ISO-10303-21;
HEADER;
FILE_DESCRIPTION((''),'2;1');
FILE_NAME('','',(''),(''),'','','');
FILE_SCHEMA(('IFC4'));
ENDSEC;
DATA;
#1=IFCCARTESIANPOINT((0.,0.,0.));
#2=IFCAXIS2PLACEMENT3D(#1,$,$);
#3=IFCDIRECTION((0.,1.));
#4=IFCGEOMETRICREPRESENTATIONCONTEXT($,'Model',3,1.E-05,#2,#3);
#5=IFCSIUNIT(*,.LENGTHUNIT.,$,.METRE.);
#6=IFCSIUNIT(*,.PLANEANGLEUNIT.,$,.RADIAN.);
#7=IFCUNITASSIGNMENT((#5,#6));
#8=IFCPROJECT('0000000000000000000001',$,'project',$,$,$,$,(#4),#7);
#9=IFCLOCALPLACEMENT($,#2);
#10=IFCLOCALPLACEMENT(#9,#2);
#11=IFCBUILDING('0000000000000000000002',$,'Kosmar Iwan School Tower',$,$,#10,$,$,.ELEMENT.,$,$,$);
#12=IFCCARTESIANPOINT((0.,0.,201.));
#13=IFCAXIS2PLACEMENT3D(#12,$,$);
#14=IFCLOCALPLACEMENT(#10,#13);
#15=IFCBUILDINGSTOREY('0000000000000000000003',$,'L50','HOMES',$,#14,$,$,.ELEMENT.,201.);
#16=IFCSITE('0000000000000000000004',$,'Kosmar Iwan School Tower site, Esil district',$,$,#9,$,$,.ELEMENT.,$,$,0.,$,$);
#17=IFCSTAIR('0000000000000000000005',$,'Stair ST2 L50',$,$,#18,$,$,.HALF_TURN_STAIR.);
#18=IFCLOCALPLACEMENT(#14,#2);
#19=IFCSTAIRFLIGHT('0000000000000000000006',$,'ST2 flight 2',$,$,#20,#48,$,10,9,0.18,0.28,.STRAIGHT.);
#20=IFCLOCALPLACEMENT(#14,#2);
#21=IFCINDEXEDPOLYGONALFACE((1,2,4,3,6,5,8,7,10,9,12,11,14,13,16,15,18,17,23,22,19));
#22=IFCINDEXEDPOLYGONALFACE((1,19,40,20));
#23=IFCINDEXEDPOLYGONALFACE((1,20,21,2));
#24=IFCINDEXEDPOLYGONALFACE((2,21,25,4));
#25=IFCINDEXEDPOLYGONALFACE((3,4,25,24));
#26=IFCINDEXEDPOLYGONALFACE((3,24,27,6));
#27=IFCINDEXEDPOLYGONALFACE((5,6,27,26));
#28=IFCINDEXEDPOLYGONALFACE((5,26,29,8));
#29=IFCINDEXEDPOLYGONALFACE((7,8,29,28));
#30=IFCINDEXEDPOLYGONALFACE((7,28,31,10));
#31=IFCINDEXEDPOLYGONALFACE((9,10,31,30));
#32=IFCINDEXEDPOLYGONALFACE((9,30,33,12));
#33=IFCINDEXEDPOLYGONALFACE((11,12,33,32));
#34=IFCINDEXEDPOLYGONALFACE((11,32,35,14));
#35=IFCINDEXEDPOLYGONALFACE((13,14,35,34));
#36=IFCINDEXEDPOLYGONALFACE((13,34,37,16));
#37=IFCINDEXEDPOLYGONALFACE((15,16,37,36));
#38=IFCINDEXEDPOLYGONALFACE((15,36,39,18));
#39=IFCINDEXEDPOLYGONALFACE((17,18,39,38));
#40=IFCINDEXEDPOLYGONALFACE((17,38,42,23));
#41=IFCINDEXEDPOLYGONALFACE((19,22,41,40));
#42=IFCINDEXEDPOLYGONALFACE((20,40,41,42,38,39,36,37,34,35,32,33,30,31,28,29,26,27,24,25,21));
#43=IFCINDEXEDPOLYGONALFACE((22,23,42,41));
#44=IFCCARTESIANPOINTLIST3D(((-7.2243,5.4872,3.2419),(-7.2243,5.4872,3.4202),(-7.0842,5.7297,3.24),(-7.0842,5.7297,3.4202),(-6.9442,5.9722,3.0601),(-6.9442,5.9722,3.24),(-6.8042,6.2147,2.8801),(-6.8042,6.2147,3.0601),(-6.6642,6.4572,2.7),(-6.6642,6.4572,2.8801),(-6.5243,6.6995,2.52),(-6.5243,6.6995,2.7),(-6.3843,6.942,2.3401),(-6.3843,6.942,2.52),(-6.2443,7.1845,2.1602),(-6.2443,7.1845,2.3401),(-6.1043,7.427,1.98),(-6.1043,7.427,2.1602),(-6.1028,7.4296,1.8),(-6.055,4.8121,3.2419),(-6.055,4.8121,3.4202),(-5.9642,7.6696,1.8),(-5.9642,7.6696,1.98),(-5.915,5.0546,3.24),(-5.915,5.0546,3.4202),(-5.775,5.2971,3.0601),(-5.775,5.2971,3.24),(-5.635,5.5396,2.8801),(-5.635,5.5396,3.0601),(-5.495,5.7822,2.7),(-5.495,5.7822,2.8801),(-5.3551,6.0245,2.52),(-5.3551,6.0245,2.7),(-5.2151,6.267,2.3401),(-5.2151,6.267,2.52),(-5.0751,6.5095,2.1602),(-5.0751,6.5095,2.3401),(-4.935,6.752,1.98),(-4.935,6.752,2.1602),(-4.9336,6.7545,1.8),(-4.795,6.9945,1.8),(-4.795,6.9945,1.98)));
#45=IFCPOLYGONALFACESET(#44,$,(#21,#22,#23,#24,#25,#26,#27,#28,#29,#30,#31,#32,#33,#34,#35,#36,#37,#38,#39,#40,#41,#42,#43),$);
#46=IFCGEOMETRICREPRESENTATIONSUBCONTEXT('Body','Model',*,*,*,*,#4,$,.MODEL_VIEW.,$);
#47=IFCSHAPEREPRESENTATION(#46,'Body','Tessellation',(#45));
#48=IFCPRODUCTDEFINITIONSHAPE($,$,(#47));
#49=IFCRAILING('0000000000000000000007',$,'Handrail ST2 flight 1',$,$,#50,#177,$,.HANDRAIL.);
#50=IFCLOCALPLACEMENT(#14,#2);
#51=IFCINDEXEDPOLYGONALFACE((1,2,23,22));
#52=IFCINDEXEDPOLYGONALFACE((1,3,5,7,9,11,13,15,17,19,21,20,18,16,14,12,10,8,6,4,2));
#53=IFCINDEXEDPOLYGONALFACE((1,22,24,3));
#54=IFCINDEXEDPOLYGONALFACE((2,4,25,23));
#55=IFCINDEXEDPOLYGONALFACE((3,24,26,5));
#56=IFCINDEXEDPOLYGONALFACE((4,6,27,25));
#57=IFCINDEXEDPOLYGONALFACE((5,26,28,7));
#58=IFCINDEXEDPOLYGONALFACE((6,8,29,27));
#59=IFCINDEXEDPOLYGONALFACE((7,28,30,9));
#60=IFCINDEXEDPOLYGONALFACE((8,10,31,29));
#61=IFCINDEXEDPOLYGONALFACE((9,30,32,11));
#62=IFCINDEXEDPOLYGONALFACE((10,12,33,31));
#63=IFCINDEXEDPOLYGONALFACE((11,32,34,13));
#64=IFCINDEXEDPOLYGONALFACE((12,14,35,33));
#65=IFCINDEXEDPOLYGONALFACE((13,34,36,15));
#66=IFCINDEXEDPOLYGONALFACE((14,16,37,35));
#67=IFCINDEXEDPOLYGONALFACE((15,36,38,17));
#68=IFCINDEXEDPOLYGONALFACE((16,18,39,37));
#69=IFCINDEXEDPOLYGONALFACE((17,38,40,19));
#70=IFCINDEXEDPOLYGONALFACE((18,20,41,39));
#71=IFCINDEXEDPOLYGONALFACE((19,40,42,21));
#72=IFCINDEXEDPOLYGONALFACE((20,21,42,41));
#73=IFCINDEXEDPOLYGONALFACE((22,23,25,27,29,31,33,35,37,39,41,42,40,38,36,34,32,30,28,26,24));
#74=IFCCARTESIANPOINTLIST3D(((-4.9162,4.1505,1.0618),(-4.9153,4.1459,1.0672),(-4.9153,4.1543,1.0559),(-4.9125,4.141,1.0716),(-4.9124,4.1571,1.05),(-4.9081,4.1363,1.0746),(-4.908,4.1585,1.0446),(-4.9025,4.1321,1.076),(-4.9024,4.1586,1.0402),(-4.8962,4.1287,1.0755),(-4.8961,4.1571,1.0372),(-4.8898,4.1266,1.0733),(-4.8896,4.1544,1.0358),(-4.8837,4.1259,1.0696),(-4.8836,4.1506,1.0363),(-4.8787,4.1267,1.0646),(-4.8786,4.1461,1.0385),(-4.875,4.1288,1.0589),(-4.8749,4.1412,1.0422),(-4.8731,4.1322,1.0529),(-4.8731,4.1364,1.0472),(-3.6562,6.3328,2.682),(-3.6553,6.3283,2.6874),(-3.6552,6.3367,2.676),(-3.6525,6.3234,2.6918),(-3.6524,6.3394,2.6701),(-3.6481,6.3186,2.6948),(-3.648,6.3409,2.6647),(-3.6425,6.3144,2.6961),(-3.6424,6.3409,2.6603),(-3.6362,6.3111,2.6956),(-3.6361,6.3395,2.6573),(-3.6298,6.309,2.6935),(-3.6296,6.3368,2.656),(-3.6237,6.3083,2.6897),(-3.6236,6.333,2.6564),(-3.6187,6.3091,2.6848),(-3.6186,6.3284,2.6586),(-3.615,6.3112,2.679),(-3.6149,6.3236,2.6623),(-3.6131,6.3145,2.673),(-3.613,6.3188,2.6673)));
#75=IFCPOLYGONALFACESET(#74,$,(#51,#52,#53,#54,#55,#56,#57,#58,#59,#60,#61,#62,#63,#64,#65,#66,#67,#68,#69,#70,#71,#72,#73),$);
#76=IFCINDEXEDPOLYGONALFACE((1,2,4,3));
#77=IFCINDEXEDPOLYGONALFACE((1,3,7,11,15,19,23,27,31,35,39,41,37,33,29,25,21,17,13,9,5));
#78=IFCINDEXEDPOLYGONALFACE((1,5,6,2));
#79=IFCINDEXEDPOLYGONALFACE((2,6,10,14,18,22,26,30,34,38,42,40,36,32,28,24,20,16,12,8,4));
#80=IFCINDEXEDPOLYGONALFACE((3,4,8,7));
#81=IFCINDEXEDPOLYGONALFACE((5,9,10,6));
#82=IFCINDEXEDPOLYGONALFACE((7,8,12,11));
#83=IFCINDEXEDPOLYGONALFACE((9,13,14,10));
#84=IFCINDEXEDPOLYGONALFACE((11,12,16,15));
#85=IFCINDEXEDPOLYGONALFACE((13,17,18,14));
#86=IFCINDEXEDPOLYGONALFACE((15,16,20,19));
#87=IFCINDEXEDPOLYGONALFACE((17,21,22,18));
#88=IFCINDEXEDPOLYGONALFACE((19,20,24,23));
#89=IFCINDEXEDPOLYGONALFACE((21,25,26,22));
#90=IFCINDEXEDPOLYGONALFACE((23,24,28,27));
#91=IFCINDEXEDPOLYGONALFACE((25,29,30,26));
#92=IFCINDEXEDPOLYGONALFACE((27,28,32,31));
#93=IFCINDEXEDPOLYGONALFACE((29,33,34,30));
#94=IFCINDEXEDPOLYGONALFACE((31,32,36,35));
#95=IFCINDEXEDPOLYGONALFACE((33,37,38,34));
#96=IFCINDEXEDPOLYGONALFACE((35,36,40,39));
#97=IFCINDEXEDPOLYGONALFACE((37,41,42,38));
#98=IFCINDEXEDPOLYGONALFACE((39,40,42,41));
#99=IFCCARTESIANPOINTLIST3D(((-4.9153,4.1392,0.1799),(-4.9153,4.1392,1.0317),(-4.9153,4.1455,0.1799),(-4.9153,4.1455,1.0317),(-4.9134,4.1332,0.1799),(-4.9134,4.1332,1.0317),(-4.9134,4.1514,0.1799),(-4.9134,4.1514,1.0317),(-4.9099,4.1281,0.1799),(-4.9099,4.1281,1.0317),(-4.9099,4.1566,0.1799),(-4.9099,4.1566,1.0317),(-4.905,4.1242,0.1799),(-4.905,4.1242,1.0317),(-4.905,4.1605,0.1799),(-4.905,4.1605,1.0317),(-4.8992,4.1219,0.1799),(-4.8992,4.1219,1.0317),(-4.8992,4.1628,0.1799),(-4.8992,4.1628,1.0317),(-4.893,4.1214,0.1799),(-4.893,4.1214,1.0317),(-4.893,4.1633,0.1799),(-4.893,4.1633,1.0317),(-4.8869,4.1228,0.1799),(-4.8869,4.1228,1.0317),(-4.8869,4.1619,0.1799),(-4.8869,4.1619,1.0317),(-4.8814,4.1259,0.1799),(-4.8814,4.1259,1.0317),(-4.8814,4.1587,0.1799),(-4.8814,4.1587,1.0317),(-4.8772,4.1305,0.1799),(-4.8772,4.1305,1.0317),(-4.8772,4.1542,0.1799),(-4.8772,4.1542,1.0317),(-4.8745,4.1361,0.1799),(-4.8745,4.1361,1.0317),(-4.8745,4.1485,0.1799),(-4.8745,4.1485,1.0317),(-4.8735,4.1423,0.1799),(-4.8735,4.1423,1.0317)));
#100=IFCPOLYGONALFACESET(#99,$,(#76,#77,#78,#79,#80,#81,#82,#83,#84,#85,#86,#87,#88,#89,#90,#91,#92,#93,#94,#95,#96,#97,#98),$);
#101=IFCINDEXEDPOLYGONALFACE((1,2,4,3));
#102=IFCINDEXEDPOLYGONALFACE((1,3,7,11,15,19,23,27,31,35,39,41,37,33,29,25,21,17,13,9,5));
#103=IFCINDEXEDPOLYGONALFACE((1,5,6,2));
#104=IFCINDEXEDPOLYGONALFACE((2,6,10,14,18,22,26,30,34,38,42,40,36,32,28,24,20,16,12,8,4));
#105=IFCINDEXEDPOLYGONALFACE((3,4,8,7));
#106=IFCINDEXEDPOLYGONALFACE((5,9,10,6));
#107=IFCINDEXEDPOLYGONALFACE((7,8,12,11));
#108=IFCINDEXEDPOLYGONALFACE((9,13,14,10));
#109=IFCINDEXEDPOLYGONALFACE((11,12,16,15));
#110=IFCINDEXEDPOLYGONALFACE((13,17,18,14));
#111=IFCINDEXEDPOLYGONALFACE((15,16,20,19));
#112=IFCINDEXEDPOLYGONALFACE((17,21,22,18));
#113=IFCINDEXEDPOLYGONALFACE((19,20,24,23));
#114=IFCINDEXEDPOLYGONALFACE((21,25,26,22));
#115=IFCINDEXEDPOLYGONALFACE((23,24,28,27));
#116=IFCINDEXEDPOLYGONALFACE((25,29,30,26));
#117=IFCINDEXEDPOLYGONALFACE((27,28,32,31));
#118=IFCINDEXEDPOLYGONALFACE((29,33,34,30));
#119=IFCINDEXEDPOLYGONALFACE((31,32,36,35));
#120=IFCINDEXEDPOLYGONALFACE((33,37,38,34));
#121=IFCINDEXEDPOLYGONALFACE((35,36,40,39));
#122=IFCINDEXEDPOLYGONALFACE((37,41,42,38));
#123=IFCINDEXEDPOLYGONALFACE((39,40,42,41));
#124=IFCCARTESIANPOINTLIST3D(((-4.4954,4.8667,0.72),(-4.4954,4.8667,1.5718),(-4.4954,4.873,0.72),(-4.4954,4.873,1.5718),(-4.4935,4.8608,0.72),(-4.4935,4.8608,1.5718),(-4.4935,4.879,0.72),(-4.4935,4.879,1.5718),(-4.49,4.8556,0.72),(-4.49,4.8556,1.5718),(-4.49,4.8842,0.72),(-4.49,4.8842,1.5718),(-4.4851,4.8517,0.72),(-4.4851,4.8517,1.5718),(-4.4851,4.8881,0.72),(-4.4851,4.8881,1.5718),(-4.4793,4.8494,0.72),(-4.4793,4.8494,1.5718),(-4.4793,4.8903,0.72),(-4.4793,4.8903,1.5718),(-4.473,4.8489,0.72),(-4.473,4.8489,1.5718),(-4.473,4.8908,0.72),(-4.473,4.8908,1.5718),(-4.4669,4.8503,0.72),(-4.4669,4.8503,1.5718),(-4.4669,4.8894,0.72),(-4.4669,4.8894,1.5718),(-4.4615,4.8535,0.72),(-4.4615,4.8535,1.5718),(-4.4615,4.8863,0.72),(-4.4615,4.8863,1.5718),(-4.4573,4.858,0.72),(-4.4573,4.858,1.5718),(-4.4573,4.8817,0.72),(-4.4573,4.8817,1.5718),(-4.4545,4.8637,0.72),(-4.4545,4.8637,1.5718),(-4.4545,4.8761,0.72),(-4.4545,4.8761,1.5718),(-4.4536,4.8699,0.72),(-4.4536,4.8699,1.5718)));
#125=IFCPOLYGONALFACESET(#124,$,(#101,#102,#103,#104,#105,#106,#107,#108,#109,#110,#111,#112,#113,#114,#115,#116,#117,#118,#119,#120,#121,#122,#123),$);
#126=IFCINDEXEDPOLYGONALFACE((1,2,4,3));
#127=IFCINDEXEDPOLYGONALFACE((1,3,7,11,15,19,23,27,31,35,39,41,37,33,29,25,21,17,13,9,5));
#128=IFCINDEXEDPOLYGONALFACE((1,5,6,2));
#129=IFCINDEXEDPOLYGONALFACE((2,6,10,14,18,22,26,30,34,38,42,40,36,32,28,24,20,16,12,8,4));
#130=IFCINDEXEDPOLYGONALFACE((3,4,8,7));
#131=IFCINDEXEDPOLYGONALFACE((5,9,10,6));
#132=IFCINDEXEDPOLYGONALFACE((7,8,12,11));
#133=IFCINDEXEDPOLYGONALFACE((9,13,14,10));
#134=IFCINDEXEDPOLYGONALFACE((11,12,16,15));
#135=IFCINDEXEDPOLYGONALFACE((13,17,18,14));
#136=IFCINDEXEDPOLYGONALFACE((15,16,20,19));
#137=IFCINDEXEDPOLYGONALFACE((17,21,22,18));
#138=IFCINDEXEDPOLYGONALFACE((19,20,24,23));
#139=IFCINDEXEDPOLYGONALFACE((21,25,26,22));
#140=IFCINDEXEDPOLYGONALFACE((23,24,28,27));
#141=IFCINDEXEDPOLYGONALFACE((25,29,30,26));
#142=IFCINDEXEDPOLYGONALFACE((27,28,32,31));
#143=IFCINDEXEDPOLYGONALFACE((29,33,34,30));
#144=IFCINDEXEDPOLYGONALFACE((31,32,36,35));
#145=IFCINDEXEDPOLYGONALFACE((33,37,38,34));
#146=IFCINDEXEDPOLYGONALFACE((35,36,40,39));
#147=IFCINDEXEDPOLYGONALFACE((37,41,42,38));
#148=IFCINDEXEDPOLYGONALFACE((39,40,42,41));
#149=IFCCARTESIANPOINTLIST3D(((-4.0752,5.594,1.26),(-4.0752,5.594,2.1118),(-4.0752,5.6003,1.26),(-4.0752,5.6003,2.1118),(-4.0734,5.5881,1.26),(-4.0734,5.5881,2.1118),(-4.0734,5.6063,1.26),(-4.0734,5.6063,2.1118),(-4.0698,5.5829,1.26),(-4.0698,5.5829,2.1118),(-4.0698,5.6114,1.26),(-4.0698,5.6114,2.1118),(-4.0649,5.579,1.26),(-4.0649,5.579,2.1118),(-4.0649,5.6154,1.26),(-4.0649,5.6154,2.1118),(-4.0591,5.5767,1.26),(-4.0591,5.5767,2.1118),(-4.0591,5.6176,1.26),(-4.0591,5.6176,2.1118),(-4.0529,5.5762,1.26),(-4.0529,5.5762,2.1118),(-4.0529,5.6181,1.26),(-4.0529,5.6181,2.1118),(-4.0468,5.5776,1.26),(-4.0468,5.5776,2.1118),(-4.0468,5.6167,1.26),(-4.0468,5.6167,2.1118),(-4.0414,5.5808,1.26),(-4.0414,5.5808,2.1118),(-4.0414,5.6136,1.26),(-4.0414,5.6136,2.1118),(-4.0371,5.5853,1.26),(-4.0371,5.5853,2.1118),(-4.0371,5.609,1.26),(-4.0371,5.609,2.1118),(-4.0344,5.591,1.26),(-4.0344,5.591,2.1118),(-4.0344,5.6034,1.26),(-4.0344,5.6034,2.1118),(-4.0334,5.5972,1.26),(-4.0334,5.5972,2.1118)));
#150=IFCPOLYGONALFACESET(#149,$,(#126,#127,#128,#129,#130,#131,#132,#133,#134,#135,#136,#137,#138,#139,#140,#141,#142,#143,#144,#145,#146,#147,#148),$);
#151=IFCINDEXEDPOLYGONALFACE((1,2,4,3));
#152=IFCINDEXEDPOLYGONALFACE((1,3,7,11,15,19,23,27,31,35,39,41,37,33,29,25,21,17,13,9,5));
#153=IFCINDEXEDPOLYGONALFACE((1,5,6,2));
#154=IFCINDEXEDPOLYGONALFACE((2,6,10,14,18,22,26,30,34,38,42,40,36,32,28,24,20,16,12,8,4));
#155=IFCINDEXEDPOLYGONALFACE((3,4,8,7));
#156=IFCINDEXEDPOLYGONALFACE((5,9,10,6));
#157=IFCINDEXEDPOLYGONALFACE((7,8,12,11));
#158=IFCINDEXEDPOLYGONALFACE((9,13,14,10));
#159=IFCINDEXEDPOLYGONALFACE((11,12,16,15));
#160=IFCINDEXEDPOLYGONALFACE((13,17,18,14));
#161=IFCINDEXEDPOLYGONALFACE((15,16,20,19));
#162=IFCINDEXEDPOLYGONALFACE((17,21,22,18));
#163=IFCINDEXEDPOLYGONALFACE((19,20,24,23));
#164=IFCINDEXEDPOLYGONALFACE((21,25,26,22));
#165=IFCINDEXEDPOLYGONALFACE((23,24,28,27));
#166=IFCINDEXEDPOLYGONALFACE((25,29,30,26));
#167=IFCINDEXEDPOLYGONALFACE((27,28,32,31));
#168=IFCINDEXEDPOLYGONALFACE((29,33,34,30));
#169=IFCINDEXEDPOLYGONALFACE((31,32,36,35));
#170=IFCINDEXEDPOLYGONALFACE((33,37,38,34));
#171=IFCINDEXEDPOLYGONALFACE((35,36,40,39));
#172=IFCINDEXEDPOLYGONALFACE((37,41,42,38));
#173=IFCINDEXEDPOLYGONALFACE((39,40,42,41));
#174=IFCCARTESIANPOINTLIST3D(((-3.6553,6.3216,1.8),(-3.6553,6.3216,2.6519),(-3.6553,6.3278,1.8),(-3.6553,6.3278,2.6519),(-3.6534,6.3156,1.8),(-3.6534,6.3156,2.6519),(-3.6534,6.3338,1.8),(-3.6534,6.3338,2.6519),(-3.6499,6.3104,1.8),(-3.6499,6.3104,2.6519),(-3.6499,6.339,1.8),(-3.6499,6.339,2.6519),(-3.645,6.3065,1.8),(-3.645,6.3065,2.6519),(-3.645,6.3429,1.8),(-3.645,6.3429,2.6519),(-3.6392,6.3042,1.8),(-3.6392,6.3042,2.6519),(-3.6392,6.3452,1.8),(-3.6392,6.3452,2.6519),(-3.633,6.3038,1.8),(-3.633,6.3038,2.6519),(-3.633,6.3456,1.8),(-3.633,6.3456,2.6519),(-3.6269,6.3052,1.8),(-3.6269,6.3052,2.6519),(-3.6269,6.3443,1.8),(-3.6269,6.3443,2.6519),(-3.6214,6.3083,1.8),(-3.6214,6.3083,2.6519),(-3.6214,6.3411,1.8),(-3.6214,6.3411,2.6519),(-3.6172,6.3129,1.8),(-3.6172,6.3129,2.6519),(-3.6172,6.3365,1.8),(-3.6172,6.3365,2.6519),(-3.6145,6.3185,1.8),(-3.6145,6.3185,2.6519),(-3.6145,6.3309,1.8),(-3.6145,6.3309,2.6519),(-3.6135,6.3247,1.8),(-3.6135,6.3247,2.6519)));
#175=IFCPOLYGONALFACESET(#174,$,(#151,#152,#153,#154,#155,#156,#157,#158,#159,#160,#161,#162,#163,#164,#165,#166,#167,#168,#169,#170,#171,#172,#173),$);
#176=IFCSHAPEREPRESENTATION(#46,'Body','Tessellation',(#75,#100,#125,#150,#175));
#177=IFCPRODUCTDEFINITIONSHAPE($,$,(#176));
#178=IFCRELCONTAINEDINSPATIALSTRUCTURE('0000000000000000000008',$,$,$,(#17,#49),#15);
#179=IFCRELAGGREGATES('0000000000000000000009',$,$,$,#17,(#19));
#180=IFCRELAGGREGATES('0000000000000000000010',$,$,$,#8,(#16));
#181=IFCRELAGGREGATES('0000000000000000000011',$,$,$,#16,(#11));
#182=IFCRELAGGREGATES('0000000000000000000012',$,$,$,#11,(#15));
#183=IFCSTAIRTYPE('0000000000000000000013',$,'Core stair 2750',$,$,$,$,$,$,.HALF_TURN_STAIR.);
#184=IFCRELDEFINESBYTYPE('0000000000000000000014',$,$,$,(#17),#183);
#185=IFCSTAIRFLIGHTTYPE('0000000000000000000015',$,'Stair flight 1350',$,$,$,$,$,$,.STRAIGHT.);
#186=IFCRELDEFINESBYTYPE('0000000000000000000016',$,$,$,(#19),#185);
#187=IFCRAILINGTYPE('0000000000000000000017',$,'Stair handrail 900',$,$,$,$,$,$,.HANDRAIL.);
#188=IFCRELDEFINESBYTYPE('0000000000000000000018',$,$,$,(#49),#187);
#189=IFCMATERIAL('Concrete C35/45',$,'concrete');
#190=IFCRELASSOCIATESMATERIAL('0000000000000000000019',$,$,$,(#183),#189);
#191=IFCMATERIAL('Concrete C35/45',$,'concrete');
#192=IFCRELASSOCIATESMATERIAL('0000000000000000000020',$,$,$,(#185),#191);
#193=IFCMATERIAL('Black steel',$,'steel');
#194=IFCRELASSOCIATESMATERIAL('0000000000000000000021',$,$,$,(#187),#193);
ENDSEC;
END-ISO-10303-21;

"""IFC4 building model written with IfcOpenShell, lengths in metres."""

from ifc_helpers import new_model, si_unit, direction, frame, origin, origin_2d, place, context, subcontext, project, spatial, polyline, circle, outline, extrude, material, type_object, element, aggregate, save


model = new_model("IFC4")

# Units and contexts
model_context = context("Model", 3, precision=1e-05, world=origin(), true_north=direction((0.0, 1.0)))
body_context = subcontext(model_context, "Body", "Model", "MODEL_VIEW")
ifc_project = project(units=[si_unit("LENGTHUNIT", "METRE"), si_unit("PLANEANGLEUNIT", "RADIAN")], contexts=[model_context])

# Site, building, storey
site_placement = place(None, origin())
site = spatial("IfcSite", under=ifc_project, at=site_placement, Name="Kosmar Iwan School Tower site, Esil district", CompositionType="ELEMENT", RefElevation=0.0)
building_placement = place(site_placement, origin())
building = spatial("IfcBuilding", under=site, at=building_placement, Name="Kosmar Iwan School Tower", CompositionType="ELEMENT")
storey_placement = place(building_placement, frame((0.0, 0.0, 201.0)))
storey = spatial("IfcBuildingStorey", under=building, at=storey_placement, Name="L50", Description="HOMES", CompositionType="ELEMENT", Elevation=201.0)

# Stair, stair flight
ifc_material_1 = material(Name="Concrete C35/45", Category="concrete")
stair_type = type_object("IfcStairType", Name="Core stair 2750", PredefinedType="HALF_TURN_STAIR", material=ifc_material_1)
stair_placement = place(storey_placement, origin())
stair = element("IfcStair", 1, at=stair_placement, inside=storey, type_object=stair_type, Name="Stair ST2 L50", PredefinedType="HALF_TURN_STAIR")
ifc_material_2 = material(Name="Concrete C35/45", Category="concrete")
stair_flight_type = type_object("IfcStairFlightType", Name="Stair flight 1350", PredefinedType="STRAIGHT", material=ifc_material_2)
stair_flight_1_placement = place(storey_placement, frame((-5.3796, 7.332, 1.8), z_axis=(0.0, 0.0, 1.0), x_axis=(-0.5, -0.866025, 0.0)))
stair_flight_1 = element("IfcStairFlight", 2, at=stair_flight_1_placement, type_object=stair_flight_type, Name="ST2 flight 2", NumberOfRisers=10, NumberOfTreads=9, PredefinedType="STRAIGHT", RiserHeight=0.18, TreadLength=0.28, context=body_context, shape_type="SweptSolid", body=[
    extrude(outline(polyline([(0.0, 0.0), (0.0, 0.1799), (0.28, 0.1799), (0.28, 0.3601), (0.5601, 0.3601), (0.5601, 0.54), (0.8401, 0.54), (0.8401, 0.72), (1.1201, 0.72), (1.1201, 0.8999), (1.3999, 0.8999), (1.3999, 1.0801), (1.6799, 1.0801), (1.6799, 1.26), (1.96, 1.26), (1.96, 1.4399), (2.24, 1.4399), (2.24, 1.6201), (2.52, 1.6201), (2.52, 1.8), (2.52, 1.4419), (0.2771, 0.0), (0.0, 0.0)])), frame((0.0, 0.675, 0.0), z_axis=(0.0, -1.0, 0.0), x_axis=(1.0, 0.0, 0.0)), (0.0, 0.0, 1.0), 1.3501),
])
aggregate(stair, [stair_flight_1])

# Railing
ifc_material_3 = material(Name="Black steel", Category="steel")
railing_type = type_object("IfcRailingType", Name="Stair handrail 900", PredefinedType="HANDRAIL", material=ifc_material_3)
railing_1_placement = place(storey_placement, frame((-4.8945, 4.1423, 0.1799)))
element("IfcRailing", 3, at=railing_1_placement, inside=storey, type_object=railing_type, Name="Handrail ST2 flight 1", PredefinedType="HANDRAIL", context=body_context, shape_type="SweptSolid", body=[
    extrude(circle(Radius=0.0239, at=origin_2d()), frame((0.0, 0.0, 0.876), z_axis=(0.420584, 0.728464, 0.540786), x_axis=(-0.866023, 0.500005, 0.0)), (0.0, 0.0, 1.0), 2.9958),
    extrude(circle(Radius=0.021, at=origin_2d()), origin(), (0.0, 0.0, 1.0), 0.8518),
    extrude(circle(Radius=0.021, at=origin_2d()), frame((0.4199, 0.7275, 0.54)), (0.0, 0.0, 1.0), 0.8518),
    extrude(circle(Radius=0.021, at=origin_2d()), frame((0.8401, 1.4548, 1.0801)), (0.0, 0.0, 1.0), 0.8518),
    extrude(circle(Radius=0.021, at=origin_2d()), frame((1.26, 2.1824, 1.6201)), (0.0, 0.0, 1.0), 0.8518),
])

save(model, "model.ifc")
